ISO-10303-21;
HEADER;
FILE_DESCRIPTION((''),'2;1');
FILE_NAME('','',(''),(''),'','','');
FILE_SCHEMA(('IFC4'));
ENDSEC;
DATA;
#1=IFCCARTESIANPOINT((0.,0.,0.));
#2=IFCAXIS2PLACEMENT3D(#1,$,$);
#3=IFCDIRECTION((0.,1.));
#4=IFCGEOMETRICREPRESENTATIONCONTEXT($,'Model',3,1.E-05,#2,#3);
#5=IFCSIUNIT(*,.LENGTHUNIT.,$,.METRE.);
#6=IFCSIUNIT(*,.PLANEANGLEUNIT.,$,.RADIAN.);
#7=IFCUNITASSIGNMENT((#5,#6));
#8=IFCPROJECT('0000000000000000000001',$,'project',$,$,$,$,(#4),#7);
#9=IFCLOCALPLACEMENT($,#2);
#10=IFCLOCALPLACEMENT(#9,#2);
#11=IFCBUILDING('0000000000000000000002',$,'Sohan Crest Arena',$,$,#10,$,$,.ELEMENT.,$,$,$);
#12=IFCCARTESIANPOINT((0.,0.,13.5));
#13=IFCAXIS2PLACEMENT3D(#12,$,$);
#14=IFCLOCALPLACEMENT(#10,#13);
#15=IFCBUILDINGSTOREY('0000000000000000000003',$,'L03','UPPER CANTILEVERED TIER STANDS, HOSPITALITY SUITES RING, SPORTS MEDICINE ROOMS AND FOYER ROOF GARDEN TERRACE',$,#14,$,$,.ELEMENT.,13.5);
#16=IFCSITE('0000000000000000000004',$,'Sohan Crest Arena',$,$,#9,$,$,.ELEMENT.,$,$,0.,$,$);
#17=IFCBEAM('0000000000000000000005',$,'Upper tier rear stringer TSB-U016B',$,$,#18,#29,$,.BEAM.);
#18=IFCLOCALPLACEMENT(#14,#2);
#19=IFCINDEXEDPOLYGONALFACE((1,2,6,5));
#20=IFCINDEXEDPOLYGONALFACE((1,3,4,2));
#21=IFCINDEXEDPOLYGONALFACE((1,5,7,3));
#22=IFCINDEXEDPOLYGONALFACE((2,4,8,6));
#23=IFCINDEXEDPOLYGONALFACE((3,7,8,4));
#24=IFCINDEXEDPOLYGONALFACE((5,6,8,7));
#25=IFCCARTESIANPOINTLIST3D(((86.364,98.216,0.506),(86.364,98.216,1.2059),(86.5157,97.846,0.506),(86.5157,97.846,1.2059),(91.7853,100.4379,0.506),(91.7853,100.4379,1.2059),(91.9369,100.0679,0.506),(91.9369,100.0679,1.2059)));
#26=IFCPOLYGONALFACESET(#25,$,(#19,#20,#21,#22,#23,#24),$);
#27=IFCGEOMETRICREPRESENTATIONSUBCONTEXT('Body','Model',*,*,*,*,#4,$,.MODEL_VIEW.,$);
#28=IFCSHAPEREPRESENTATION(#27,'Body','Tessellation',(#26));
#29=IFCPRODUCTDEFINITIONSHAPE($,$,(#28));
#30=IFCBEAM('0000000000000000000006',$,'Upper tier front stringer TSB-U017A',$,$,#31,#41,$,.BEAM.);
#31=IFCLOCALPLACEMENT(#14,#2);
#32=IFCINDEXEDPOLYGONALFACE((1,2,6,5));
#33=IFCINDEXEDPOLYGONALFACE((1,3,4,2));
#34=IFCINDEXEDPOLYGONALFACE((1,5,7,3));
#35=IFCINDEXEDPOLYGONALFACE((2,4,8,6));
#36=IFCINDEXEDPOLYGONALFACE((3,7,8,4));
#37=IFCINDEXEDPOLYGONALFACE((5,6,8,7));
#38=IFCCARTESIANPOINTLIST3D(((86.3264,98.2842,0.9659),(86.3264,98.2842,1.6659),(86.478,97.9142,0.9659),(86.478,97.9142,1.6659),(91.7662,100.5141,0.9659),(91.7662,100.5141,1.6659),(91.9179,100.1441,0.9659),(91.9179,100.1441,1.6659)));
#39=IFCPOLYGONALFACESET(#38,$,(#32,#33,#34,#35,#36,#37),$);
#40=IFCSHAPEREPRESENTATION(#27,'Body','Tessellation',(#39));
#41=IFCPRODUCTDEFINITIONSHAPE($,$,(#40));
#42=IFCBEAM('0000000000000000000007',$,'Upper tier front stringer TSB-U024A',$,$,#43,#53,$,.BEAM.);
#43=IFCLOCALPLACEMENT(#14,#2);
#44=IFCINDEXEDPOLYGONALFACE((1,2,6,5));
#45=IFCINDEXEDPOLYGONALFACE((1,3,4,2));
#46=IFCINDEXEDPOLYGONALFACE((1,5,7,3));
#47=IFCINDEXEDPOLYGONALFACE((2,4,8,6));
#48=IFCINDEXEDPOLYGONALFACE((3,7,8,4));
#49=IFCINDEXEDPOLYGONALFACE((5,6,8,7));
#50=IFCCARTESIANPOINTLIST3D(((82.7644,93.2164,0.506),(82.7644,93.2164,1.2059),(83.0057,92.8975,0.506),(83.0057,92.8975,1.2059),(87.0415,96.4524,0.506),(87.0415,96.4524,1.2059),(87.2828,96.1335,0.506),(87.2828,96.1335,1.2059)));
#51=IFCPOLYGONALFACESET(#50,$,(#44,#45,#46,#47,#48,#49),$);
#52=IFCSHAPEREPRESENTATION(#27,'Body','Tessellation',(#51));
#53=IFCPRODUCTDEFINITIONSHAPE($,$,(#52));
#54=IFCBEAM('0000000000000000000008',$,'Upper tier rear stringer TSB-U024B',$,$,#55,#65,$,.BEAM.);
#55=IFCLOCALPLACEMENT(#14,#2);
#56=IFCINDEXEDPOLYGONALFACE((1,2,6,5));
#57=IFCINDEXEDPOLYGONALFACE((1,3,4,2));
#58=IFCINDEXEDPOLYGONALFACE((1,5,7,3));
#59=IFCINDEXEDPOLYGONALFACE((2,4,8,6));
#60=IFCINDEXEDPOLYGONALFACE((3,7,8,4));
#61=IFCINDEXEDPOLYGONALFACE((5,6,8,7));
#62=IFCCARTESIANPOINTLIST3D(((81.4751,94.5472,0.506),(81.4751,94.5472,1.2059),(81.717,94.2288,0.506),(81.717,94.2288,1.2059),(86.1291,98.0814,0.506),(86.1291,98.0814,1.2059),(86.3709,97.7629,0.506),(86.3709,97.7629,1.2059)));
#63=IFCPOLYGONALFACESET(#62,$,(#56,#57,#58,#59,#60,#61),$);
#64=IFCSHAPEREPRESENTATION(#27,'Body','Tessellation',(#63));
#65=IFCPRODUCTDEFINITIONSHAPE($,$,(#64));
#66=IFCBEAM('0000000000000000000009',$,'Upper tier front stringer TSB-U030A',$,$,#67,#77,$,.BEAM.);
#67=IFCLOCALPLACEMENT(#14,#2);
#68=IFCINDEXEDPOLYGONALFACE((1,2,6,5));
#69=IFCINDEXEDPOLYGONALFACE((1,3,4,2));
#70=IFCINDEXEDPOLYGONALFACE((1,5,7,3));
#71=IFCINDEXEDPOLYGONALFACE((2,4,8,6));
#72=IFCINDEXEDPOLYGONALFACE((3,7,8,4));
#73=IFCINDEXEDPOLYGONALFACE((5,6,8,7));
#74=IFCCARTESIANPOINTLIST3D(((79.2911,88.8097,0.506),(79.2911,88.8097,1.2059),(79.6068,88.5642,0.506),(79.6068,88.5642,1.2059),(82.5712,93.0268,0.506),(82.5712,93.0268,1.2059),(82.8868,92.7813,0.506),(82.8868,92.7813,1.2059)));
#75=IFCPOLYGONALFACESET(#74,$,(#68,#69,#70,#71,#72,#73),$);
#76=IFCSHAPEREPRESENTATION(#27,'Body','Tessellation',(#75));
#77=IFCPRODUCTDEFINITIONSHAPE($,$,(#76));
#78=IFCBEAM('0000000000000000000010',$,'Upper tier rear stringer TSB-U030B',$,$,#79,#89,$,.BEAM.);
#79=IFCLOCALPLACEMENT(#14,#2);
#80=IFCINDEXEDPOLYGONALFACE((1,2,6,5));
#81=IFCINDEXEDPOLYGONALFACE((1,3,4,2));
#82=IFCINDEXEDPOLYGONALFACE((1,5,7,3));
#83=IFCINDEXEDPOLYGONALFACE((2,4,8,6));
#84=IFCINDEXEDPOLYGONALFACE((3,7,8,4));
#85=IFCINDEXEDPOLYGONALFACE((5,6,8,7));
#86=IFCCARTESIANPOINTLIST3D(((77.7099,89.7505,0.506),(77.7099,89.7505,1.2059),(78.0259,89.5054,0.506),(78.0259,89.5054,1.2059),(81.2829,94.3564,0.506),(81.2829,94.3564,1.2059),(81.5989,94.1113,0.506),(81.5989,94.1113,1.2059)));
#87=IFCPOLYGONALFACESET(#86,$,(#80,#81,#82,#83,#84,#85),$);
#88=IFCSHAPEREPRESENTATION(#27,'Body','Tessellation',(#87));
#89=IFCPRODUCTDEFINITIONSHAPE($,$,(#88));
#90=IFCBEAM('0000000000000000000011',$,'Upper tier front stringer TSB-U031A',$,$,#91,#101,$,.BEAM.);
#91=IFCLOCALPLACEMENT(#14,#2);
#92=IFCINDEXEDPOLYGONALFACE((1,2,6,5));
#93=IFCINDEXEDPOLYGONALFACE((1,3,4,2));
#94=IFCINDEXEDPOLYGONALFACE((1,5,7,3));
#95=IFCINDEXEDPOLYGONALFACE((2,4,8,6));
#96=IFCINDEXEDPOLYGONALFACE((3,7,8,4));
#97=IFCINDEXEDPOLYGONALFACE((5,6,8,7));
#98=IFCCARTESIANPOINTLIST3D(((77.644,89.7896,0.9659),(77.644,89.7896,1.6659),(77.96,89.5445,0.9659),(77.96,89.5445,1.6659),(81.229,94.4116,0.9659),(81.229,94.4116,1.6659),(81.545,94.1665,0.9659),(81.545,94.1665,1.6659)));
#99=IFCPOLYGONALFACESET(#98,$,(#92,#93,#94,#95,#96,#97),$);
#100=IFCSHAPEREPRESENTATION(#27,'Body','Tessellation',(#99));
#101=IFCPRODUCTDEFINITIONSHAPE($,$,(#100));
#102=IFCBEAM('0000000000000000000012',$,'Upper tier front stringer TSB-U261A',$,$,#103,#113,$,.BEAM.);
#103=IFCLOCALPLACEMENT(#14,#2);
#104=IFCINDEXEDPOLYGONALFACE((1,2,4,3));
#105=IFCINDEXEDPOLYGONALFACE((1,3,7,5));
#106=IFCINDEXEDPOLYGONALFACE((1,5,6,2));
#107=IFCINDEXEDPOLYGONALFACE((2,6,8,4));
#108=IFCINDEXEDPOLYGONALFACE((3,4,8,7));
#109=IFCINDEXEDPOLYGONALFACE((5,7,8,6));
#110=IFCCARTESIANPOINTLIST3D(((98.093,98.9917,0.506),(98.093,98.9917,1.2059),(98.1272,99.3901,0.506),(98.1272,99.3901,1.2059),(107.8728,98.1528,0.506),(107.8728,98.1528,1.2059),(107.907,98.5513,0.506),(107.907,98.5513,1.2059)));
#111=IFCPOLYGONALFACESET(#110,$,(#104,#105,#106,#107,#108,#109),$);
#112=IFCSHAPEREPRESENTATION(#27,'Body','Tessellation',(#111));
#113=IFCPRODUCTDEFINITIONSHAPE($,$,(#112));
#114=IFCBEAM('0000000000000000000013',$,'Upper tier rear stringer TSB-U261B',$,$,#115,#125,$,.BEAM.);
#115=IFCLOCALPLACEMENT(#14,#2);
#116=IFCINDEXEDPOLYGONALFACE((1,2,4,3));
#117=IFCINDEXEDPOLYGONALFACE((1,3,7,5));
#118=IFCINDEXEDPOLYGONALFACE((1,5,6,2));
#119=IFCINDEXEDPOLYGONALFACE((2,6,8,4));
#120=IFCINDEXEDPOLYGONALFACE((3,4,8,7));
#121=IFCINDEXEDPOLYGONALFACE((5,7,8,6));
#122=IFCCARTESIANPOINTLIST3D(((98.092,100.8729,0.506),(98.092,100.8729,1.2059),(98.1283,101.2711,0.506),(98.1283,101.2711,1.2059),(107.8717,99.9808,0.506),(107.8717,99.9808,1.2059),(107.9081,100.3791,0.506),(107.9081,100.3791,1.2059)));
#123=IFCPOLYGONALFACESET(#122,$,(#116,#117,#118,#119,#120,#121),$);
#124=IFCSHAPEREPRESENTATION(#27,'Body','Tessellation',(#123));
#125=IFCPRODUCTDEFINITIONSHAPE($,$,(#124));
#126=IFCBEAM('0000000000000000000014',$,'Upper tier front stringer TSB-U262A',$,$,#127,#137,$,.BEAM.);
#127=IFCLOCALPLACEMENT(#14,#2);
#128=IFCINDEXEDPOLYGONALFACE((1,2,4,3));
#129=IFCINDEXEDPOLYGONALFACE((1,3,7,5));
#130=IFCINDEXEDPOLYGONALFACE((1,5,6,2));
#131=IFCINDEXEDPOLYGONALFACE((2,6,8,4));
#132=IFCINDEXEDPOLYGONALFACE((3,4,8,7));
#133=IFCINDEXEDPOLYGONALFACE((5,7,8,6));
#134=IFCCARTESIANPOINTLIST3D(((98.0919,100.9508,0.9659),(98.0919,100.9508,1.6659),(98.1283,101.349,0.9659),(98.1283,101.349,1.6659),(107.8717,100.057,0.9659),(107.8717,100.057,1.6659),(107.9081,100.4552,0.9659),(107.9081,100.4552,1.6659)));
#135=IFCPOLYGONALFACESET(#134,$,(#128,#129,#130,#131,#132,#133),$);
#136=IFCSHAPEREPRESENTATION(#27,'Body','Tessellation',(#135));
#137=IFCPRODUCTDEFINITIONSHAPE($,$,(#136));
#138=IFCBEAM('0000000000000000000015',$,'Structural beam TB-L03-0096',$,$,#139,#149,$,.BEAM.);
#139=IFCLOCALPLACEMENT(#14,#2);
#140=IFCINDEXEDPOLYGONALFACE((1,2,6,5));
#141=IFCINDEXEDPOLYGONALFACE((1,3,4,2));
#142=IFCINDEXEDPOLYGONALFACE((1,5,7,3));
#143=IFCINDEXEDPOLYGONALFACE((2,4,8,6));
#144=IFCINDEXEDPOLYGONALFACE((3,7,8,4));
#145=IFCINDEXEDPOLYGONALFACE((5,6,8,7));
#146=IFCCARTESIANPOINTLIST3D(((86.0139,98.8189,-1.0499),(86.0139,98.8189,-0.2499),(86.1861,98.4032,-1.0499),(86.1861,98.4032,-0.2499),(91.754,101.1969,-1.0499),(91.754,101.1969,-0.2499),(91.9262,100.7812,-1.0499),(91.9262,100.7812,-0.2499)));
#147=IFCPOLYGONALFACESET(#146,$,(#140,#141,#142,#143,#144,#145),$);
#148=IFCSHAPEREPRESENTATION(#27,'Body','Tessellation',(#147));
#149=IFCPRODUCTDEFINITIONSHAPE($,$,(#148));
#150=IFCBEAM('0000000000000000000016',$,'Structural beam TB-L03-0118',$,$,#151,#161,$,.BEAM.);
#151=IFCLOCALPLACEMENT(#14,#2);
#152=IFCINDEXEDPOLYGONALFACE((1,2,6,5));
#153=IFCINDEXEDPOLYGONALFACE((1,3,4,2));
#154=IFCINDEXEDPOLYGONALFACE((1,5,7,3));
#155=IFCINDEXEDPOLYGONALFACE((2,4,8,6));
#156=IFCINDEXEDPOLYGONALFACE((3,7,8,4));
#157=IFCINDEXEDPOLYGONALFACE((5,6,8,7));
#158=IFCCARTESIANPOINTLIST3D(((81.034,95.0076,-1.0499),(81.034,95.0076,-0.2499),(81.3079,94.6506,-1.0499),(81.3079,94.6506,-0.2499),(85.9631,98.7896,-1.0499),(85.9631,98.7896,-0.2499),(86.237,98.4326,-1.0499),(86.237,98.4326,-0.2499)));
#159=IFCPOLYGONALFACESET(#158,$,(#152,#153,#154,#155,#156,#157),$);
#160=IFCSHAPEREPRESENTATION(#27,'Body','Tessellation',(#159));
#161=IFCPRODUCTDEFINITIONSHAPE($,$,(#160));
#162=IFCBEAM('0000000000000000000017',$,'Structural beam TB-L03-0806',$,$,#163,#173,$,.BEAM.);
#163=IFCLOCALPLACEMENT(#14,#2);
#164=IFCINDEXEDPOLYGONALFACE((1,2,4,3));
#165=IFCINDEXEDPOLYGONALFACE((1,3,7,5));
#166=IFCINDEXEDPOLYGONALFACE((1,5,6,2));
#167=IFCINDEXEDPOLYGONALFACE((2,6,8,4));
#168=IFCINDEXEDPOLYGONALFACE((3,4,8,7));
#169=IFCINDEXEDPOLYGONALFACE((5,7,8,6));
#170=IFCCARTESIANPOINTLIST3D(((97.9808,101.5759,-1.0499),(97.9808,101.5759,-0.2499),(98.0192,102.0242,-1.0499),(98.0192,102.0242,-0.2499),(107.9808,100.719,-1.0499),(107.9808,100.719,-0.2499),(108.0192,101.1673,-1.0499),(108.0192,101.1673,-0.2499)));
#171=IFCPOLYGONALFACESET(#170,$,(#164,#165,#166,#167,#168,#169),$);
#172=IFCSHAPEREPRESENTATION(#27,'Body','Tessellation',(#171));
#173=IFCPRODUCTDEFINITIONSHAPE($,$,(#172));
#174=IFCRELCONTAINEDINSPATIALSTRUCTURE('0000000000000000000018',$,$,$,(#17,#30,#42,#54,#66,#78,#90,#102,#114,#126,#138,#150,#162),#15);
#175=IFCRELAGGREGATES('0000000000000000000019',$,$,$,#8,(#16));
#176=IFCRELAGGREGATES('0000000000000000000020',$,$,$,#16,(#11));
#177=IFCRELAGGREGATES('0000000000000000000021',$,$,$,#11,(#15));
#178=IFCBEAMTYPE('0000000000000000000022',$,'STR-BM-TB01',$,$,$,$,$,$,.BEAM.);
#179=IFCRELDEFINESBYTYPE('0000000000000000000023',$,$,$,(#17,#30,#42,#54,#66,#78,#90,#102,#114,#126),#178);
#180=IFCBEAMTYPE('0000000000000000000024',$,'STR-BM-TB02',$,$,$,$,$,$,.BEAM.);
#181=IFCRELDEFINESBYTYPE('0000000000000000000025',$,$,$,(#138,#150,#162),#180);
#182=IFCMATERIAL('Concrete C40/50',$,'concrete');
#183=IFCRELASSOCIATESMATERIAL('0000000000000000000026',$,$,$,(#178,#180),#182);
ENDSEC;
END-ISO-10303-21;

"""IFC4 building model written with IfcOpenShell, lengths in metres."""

from ifc_helpers import new_model, si_unit, direction, frame, origin, origin_2d, place, context, subcontext, project, spatial, rectangle, extrude, material, material_profile, profile_set, type_object, element, save


model = new_model("IFC4")

# Units and contexts
model_context = context("Model", 3, precision=1e-05, world=origin(), true_north=direction((0.0, 1.0)))
body_context = subcontext(model_context, "Body", "Model", "MODEL_VIEW")
ifc_project = project(units=[si_unit("LENGTHUNIT", "METRE"), si_unit("PLANEANGLEUNIT", "RADIAN")], contexts=[model_context])

# Site, building, storey
site_placement = place(None, origin())
site = spatial("IfcSite", under=ifc_project, at=site_placement, Name="Sohan Crest Arena", CompositionType="ELEMENT", RefElevation=0.0)
building_placement = place(site_placement, origin())
building = spatial("IfcBuilding", under=site, at=building_placement, Name="Sohan Crest Arena", CompositionType="ELEMENT")
storey_placement = place(building_placement, frame((0.0, 0.0, 13.5)))
storey = spatial("IfcBuildingStorey", under=building, at=storey_placement, Name="L03", Description="UPPER CANTILEVERED TIER STANDS, HOSPITALITY SUITES RING, SPORTS MEDICINE ROOMS AND FOYER ROOF GARDEN TERRACE", CompositionType="ELEMENT", Elevation=13.5)

# Shared definitions
ifc_material_1 = material(Name="Concrete C40/50", Category="concrete")

# Beams
ifc_material_profile_1 = material_profile(ifc_material_1, rectangle(XDim=0.3999, YDim=0.7, at=origin_2d()), Name="RC-BM 400x700")
ifc_profile_set_1 = profile_set([ifc_material_profile_1], Name="Concrete C40/50")
beam_type_1 = type_object("IfcBeamType", Name="STR-BM-TB01", PredefinedType="BEAM", material=ifc_profile_set_1)
beam_1_placement = place(storey_placement, frame((91.8611, 100.2529, 0.856), z_axis=(-0.925297, -0.379244, 0.0), x_axis=(0.379244, -0.925297, 0.0)))
element("IfcBeam", 1, at=beam_1_placement, inside=storey, type_object=beam_type_1, Name="Upper tier rear stringer TSB-U016B", PredefinedType="BEAM", context=body_context, shape_type="SweptSolid", body=[
    extrude(rectangle(XDim=0.3999, YDim=0.7, at=origin_2d()), origin(), (0.0, 0.0, 1.0), 5.8589),
])
beam_2_placement = place(storey_placement, frame((91.842, 100.3291, 1.3159), z_axis=(-0.925276, -0.379296, 0.0), x_axis=(0.379296, -0.925276, 0.0)))
element("IfcBeam", 2, at=beam_2_placement, inside=storey, type_object=beam_type_1, Name="Upper tier front stringer TSB-U017A", PredefinedType="BEAM", context=body_context, shape_type="SweptSolid", body=[
    extrude(rectangle(XDim=0.3999, YDim=0.7, at=origin_2d()), origin(), (0.0, 0.0, 1.0), 5.8792),
])
beam_3_placement = place(storey_placement, frame((87.1621, 96.293, 0.856), z_axis=(-0.797464, -0.603367, 0.0), x_axis=(0.603367, -0.797464, 0.0)))
element("IfcBeam", 3, at=beam_3_placement, inside=storey, type_object=beam_type_1, Name="Upper tier front stringer TSB-U024A", PredefinedType="BEAM", context=body_context, shape_type="SweptSolid", body=[
    extrude(rectangle(XDim=0.3999, YDim=0.7, at=origin_2d()), origin(), (0.0, 0.0, 1.0), 5.3633),
])
beam_4_placement = place(storey_placement, frame((86.25, 97.9221, 0.856), z_axis=(-0.796401, -0.604769, 0.0), x_axis=(0.604769, -0.796401, 0.0)))
element("IfcBeam", 4, at=beam_4_placement, inside=storey, type_object=beam_type_1, Name="Upper tier rear stringer TSB-U024B", PredefinedType="BEAM", context=body_context, shape_type="SweptSolid", body=[
    extrude(rectangle(XDim=0.3999, YDim=0.7, at=origin_2d()), origin(), (0.0, 0.0, 1.0), 5.8438),
])
beam_5_placement = place(storey_placement, frame((82.729, 92.9041, 0.856), z_axis=(-0.613953, -0.789342, 0.0), x_axis=(0.789342, -0.613953, 0.0)))
element("IfcBeam", 5, at=beam_5_placement, inside=storey, type_object=beam_type_1, Name="Upper tier front stringer TSB-U030A", PredefinedType="BEAM", context=body_context, shape_type="SweptSolid", body=[
    extrude(rectangle(XDim=0.3999, YDim=0.7, at=origin_2d()), origin(), (0.0, 0.0, 1.0), 5.3425),
])
beam_6_placement = place(storey_placement, frame((81.4409, 94.2339, 0.856), z_axis=(-0.612934, -0.790134, 0.0), x_axis=(0.790134, -0.612934, 0.0)))
element("IfcBeam", 6, at=beam_6_placement, inside=storey, type_object=beam_type_1, Name="Upper tier rear stringer TSB-U030B", PredefinedType="BEAM", context=body_context, shape_type="SweptSolid", body=[
    extrude(rectangle(XDim=0.3999, YDim=0.7, at=origin_2d()), origin(), (0.0, 0.0, 1.0), 5.8293),
])
beam_7_placement = place(storey_placement, frame((81.387, 94.2891, 1.3159), z_axis=(-0.612877, -0.790179, 0.0), x_axis=(0.790179, -0.612877, 0.0)))
element("IfcBeam", 7, at=beam_7_placement, inside=storey, type_object=beam_type_1, Name="Upper tier front stringer TSB-U031A", PredefinedType="BEAM", context=body_context, shape_type="SweptSolid", body=[
    extrude(rectangle(XDim=0.3999, YDim=0.7, at=origin_2d()), origin(), (0.0, 0.0, 1.0), 5.8494),
])
beam_8_placement = place(storey_placement, frame((107.8899, 98.3521, 0.856), z_axis=(-0.996341, 0.085462, 0.0), x_axis=(-0.085462, -0.996341, 0.0)))
element("IfcBeam", 8, at=beam_8_placement, inside=storey, type_object=beam_type_1, Name="Upper tier front stringer TSB-U261A", PredefinedType="BEAM", context=body_context, shape_type="SweptSolid", body=[
    extrude(rectangle(XDim=0.3999, YDim=0.7, at=origin_2d()), origin(), (0.0, 0.0, 1.0), 9.8157),
])
beam_9_placement = place(storey_placement, frame((107.8899, 100.1799, 0.856), z_axis=(-0.995865, 0.090841, 0.0), x_axis=(-0.090841, -0.995865, 0.0)))
element("IfcBeam", 9, at=beam_9_placement, inside=storey, type_object=beam_type_1, Name="Upper tier rear stringer TSB-U261B", PredefinedType="BEAM", context=body_context, shape_type="SweptSolid", body=[
    extrude(rectangle(XDim=0.3999, YDim=0.7, at=origin_2d()), origin(), (0.0, 0.0, 1.0), 9.8203),
])
beam_10_placement = place(storey_placement, frame((107.8899, 100.2561, 1.3159), z_axis=(-0.99585, 0.091013, 0.0), x_axis=(-0.091013, -0.99585, 0.0)))
element("IfcBeam", 10, at=beam_10_placement, inside=storey, type_object=beam_type_1, Name="Upper tier front stringer TSB-U262A", PredefinedType="BEAM", context=body_context, shape_type="SweptSolid", body=[
    extrude(rectangle(XDim=0.3999, YDim=0.7, at=origin_2d()), origin(), (0.0, 0.0, 1.0), 9.8206),
])
ifc_material_profile_2 = material_profile(ifc_material_1, rectangle(XDim=0.45, YDim=0.8, at=origin_2d()), Name="RC-BM 450x800")
ifc_profile_set_2 = profile_set([ifc_material_profile_2], Name="Concrete C40/50")
beam_type_2 = type_object("IfcBeamType", Name="STR-BM-TB02", PredefinedType="BEAM", material=ifc_profile_set_2)
beam_11_placement = place(storey_placement, frame((91.8401, 100.989, -0.6499), z_axis=(-0.92386, -0.382731, 0.0), x_axis=(0.382731, -0.92386, 0.0)))
element("IfcBeam", 11, at=beam_11_placement, inside=storey, type_object=beam_type_2, Name="Structural beam TB-L03-0096", PredefinedType="BEAM", context=body_context, shape_type="SweptSolid", body=[
    extrude(rectangle(XDim=0.45, YDim=0.8, at=origin_2d()), origin(), (0.0, 0.0, 1.0), 6.2131),
])
beam_12_placement = place(storey_placement, frame((86.1001, 98.6111, -0.6499), z_axis=(-0.793379, -0.608728, 0.0), x_axis=(0.608728, -0.793379, 0.0)))
element("IfcBeam", 12, at=beam_12_placement, inside=storey, type_object=beam_type_2, Name="Structural beam TB-L03-0118", PredefinedType="BEAM", context=body_context, shape_type="SweptSolid", body=[
    extrude(rectangle(XDim=0.45, YDim=0.8, at=origin_2d()), origin(), (0.0, 0.0, 1.0), 6.2129),
])
beam_13_placement = place(storey_placement, frame((108.0, 100.9431, -0.6499), z_axis=(-0.996348, 0.08538, 0.0), x_axis=(-0.08538, -0.996348, 0.0)))
element("IfcBeam", 13, at=beam_13_placement, inside=storey, type_object=beam_type_2, Name="Structural beam TB-L03-0806", PredefinedType="BEAM", context=body_context, shape_type="SweptSolid", body=[
    extrude(rectangle(XDim=0.45, YDim=0.8, at=origin_2d()), origin(), (0.0, 0.0, 1.0), 10.0366),
])

save(model, "model.ifc")
